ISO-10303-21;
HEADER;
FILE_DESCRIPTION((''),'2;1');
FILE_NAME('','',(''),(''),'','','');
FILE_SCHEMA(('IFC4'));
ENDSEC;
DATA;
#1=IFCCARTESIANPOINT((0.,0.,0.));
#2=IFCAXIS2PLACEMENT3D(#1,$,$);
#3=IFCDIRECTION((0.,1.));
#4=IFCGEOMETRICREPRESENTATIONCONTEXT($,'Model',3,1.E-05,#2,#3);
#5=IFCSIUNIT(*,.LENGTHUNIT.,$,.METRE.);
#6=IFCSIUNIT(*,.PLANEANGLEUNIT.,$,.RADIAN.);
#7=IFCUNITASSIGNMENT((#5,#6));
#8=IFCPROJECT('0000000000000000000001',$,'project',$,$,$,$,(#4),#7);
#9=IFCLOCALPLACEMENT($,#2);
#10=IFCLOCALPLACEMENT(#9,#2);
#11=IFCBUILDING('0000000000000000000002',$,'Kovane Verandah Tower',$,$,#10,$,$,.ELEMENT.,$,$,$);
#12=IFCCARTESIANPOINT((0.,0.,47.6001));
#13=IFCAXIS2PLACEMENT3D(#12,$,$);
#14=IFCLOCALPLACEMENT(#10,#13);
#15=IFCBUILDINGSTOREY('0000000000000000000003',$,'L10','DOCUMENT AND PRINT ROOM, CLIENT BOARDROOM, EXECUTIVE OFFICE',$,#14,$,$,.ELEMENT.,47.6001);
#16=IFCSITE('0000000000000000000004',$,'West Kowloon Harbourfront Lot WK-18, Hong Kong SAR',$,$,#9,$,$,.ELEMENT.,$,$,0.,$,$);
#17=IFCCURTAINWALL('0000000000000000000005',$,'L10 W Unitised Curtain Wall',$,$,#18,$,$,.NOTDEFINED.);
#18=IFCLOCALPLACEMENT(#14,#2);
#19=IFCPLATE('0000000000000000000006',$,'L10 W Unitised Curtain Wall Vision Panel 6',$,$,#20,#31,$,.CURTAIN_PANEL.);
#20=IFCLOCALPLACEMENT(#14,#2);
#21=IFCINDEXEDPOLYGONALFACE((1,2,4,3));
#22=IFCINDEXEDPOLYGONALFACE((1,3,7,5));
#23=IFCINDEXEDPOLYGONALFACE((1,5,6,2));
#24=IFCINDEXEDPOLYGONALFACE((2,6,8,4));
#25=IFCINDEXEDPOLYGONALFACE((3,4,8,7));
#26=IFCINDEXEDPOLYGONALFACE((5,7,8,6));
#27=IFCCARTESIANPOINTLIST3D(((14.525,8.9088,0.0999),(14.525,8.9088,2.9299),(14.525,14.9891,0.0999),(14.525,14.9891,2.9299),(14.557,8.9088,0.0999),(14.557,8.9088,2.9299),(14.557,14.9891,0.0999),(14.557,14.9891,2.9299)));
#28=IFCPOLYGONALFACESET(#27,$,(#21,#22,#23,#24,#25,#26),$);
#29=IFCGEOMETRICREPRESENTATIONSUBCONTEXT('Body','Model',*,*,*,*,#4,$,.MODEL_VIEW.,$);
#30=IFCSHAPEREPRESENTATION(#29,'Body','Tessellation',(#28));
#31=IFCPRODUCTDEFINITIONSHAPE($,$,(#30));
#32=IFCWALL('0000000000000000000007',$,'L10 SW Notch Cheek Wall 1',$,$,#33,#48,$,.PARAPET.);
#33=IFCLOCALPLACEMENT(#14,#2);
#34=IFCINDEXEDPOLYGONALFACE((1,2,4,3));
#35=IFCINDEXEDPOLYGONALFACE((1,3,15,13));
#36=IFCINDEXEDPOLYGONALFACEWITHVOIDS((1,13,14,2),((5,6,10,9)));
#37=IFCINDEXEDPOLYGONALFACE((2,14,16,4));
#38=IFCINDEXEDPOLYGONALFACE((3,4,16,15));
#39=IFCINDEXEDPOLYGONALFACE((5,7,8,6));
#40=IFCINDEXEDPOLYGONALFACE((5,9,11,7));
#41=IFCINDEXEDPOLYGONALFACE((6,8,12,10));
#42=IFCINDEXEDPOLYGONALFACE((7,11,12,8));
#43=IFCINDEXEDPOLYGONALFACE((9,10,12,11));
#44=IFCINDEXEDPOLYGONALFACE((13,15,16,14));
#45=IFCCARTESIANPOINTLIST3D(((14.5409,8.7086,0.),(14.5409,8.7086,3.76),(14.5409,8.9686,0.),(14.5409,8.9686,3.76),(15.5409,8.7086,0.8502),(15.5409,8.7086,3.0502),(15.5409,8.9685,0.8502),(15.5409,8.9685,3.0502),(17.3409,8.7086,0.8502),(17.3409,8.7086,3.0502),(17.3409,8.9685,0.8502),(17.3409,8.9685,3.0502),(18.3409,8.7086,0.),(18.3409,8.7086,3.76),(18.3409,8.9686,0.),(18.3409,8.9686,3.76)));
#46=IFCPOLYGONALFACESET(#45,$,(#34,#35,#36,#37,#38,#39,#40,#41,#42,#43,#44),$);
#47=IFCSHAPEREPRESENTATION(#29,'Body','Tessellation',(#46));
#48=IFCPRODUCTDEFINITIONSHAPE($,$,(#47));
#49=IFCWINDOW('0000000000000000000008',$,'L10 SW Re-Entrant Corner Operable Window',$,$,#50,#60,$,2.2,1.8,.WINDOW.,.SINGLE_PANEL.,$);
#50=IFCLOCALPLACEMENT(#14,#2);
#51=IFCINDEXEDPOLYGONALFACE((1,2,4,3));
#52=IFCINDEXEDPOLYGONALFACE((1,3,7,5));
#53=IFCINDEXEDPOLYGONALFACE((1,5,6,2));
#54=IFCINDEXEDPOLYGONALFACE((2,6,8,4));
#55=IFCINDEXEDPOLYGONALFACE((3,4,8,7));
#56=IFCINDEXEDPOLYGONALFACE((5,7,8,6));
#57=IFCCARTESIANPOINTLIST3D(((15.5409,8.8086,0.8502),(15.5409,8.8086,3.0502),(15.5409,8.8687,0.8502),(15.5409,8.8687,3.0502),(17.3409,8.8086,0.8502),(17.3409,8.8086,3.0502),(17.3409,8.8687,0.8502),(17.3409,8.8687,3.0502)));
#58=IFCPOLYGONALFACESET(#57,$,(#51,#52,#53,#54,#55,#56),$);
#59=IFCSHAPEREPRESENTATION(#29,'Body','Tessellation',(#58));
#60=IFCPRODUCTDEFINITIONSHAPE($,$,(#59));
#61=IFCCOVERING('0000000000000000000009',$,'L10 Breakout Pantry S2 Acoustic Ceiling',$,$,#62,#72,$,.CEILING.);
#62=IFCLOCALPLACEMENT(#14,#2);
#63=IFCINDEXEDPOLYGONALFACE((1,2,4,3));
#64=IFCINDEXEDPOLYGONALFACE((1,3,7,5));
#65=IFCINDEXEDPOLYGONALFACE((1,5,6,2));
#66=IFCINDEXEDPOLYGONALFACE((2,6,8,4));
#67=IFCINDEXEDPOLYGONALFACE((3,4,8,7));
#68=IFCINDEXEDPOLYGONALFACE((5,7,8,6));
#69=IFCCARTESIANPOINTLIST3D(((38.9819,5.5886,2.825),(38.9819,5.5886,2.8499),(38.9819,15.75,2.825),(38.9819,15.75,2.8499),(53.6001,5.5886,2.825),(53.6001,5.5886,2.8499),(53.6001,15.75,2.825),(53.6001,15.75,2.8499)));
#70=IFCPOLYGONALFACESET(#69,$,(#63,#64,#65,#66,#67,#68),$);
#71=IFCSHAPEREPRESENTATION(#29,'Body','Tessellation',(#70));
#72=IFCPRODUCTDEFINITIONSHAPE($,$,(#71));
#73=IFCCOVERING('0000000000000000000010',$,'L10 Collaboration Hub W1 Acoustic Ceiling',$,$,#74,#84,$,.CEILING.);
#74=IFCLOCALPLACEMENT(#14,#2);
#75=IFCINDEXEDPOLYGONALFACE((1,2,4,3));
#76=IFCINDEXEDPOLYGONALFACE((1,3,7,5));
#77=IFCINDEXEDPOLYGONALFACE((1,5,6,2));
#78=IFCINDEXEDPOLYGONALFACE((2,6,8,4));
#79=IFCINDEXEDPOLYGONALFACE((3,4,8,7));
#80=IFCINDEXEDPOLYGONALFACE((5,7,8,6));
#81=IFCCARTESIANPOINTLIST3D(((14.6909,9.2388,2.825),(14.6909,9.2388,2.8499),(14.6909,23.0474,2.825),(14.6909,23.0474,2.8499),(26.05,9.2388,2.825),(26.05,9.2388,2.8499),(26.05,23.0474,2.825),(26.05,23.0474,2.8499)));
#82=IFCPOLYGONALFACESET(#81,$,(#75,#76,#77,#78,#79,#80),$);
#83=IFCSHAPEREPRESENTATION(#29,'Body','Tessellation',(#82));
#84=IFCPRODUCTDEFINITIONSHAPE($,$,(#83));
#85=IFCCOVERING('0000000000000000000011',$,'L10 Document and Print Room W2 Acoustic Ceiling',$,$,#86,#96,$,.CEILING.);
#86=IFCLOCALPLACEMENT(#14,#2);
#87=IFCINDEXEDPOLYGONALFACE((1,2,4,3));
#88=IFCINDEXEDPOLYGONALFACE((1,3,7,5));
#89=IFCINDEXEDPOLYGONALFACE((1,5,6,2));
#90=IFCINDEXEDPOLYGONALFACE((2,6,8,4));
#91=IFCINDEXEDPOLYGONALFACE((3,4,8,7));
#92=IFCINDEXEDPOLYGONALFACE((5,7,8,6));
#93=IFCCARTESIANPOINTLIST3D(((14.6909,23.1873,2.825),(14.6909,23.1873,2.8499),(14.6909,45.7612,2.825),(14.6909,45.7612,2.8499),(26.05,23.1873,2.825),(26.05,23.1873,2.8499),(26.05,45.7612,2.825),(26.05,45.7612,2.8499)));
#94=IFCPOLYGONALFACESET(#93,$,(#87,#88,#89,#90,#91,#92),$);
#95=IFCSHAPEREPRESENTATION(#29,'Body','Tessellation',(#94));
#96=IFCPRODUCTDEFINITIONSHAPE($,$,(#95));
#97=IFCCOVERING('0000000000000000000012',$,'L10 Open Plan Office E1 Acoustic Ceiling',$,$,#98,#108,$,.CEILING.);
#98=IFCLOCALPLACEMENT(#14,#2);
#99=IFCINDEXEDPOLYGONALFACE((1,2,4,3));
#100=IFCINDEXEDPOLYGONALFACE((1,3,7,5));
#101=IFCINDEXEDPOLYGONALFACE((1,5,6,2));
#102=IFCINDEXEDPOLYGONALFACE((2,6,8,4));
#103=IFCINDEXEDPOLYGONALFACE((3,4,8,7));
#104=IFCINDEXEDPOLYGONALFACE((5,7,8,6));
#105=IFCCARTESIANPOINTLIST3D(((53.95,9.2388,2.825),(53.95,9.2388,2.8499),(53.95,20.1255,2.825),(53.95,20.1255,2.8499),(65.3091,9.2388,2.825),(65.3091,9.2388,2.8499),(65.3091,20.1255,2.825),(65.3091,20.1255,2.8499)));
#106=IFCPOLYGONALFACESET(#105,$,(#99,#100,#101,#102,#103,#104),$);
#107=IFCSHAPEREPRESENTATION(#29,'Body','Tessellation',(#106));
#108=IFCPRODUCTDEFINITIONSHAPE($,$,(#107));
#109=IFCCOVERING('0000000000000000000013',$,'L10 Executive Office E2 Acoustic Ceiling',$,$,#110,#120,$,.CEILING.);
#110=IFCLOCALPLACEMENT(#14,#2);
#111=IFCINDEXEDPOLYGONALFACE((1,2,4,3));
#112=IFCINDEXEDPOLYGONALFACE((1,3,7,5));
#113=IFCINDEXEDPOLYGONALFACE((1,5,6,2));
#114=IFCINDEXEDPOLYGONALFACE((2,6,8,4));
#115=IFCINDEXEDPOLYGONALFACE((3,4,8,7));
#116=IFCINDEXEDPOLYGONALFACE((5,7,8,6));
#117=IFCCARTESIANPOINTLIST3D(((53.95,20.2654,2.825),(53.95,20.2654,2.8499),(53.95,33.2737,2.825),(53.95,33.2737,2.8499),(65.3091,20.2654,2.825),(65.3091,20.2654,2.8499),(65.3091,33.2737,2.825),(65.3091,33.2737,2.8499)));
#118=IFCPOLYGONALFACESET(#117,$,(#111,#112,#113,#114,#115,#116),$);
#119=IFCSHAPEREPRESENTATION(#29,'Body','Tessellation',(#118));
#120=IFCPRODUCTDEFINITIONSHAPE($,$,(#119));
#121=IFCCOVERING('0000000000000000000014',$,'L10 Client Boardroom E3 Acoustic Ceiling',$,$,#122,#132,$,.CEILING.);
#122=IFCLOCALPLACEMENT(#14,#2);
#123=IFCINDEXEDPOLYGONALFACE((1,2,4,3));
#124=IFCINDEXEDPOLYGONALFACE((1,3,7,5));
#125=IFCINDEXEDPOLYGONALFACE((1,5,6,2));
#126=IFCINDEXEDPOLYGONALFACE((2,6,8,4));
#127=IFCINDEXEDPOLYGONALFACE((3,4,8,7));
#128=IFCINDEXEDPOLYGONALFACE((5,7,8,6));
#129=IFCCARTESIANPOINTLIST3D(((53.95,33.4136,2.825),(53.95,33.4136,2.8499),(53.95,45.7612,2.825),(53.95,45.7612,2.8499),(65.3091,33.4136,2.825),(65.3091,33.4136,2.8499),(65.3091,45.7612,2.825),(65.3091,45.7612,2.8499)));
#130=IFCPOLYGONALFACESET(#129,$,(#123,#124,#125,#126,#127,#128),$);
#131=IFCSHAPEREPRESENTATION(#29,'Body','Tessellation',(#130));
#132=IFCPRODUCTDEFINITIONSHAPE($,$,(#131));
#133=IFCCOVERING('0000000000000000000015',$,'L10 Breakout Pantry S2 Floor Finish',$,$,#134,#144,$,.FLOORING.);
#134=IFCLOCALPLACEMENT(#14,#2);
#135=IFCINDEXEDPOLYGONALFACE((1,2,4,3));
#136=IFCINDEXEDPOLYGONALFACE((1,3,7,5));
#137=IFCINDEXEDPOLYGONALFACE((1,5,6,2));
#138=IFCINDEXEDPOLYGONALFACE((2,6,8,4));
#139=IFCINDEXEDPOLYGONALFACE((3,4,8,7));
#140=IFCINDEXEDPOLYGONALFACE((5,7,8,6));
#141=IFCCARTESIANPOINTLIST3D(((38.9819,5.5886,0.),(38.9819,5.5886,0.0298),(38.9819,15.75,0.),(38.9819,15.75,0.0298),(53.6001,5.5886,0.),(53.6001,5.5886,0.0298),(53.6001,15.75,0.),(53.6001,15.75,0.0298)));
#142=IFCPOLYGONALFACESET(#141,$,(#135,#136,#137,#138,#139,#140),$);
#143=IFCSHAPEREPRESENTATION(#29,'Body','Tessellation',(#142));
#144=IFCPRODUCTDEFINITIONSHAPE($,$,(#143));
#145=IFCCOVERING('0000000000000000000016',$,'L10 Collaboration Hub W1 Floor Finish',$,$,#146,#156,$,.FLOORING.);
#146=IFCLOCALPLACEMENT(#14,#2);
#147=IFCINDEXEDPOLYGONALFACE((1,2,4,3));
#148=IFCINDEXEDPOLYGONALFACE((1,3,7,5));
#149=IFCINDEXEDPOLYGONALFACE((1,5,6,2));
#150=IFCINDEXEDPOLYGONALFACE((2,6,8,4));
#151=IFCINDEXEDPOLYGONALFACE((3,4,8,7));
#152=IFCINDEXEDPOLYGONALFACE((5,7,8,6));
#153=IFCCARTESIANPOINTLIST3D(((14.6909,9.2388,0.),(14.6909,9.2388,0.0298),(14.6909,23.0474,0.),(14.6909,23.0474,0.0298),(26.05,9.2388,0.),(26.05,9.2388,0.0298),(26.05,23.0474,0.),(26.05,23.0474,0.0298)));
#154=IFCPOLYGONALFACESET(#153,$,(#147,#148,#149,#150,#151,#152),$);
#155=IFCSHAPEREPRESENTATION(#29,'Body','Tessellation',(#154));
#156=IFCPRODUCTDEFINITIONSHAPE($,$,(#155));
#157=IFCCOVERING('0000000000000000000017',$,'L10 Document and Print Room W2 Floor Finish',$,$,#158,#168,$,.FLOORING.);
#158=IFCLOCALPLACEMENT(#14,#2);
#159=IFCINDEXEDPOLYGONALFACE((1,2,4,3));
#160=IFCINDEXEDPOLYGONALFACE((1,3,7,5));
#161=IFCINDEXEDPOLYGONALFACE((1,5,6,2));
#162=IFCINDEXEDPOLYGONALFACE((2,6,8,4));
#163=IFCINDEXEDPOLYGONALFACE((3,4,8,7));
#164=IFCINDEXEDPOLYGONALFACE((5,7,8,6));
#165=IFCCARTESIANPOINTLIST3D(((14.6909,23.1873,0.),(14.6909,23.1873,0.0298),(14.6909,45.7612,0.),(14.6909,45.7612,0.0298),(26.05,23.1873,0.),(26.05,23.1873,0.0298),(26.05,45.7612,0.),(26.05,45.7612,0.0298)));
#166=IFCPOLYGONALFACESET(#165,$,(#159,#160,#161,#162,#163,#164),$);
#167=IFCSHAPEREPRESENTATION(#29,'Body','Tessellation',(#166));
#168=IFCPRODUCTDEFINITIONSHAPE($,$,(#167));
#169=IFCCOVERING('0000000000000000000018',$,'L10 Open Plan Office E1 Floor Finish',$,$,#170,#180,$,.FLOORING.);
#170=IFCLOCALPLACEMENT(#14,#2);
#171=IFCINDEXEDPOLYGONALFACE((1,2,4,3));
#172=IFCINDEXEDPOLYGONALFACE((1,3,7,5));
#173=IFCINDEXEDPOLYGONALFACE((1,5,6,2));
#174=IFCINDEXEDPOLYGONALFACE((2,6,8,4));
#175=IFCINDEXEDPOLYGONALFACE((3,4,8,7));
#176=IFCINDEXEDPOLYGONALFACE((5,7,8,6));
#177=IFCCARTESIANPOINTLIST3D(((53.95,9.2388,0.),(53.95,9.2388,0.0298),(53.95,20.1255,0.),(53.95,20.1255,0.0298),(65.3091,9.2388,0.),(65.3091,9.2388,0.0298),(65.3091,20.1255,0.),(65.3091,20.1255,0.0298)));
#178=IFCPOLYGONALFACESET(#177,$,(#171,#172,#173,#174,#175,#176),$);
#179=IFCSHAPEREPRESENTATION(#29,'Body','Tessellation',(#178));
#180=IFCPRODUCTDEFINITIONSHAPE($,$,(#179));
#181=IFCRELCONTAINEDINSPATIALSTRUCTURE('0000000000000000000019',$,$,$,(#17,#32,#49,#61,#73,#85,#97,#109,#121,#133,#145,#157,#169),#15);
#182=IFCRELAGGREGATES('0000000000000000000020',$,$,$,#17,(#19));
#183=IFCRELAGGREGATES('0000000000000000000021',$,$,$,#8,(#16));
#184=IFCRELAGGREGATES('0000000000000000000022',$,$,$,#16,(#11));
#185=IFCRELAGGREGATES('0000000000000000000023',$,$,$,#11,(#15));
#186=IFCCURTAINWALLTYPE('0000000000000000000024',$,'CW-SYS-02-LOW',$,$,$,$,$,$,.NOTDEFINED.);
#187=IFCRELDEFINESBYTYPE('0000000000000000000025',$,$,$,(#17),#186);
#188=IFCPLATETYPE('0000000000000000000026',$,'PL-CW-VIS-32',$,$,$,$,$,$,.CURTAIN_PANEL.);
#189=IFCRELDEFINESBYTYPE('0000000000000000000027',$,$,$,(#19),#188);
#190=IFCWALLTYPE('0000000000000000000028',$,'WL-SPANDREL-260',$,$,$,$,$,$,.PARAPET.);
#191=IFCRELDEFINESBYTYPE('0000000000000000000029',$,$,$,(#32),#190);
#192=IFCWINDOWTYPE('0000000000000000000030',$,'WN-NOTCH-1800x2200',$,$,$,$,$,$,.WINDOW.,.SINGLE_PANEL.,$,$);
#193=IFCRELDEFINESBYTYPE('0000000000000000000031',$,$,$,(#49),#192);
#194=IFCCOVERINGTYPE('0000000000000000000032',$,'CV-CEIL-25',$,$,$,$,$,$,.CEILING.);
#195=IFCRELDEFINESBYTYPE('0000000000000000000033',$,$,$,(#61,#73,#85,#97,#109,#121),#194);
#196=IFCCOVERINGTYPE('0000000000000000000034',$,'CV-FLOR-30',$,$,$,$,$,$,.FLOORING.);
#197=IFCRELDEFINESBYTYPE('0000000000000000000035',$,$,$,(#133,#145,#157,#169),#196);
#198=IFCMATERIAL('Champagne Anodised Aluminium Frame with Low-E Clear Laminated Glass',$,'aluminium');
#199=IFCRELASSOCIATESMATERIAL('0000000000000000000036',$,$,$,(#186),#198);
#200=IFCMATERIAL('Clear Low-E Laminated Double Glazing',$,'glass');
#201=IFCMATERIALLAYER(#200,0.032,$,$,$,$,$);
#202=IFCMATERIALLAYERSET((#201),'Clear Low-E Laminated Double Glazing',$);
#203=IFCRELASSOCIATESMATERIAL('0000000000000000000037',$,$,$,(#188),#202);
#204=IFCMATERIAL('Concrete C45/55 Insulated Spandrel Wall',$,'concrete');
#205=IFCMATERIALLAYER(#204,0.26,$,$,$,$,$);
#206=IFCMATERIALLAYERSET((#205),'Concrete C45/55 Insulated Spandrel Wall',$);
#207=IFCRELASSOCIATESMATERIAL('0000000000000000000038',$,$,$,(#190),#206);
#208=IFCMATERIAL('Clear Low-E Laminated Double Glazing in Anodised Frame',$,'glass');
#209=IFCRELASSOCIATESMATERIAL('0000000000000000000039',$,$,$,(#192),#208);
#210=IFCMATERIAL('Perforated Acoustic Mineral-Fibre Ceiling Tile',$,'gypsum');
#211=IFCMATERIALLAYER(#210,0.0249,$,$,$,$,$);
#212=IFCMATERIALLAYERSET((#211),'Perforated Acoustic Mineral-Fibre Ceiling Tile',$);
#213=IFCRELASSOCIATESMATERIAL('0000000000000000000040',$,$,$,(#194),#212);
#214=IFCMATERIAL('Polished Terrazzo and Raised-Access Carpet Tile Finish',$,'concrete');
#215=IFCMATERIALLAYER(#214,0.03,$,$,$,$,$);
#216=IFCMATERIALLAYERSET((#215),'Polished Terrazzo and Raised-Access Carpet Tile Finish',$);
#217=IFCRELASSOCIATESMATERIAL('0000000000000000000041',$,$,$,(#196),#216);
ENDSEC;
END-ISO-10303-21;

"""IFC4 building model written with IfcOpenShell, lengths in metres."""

from ifc_helpers import new_model, si_unit, direction, frame, frame_2d, origin, origin_2d, place, context, subcontext, project, spatial, polyline, rectangle, outline, extrude, material, layer, layer_set, type_object, element, fill, aggregate, save


model = new_model("IFC4")

# Units and contexts
model_context = context("Model", 3, precision=1e-05, world=origin(), true_north=direction((0.0, 1.0)))
body_context = subcontext(model_context, "Body", "Model", "MODEL_VIEW")
ifc_project = project(units=[si_unit("LENGTHUNIT", "METRE"), si_unit("PLANEANGLEUNIT", "RADIAN")], contexts=[model_context])

# Site, building, storey
site_placement = place(None, origin())
site = spatial("IfcSite", under=ifc_project, at=site_placement, Name="West Kowloon Harbourfront Lot WK-18, Hong Kong SAR", CompositionType="ELEMENT", RefElevation=0.0)
building_placement = place(site_placement, origin())
building = spatial("IfcBuilding", under=site, at=building_placement, Name="Kovane Verandah Tower", CompositionType="ELEMENT")
storey_placement = place(building_placement, frame((0.0, 0.0, 47.6001)))
storey = spatial("IfcBuildingStorey", under=building, at=storey_placement, Name="L10", Description="DOCUMENT AND PRINT ROOM, CLIENT BOARDROOM, EXECUTIVE OFFICE", CompositionType="ELEMENT", Elevation=47.6001)

# Curtain wall
ifc_material_1 = material(Name="Champagne Anodised Aluminium Frame with Low-E Clear Laminated Glass", Category="aluminium")
curtain_wall_type = type_object("IfcCurtainWallType", Name="CW-SYS-02-LOW", PredefinedType="NOTDEFINED", material=ifc_material_1)
curtain_wall_placement = place(storey_placement, origin())
curtain_wall = element("IfcCurtainWall", 1, at=curtain_wall_placement, inside=storey, type_object=curtain_wall_type, Name="L10 W Unitised Curtain Wall", PredefinedType="NOTDEFINED")

# Plate
ifc_material_2 = material(Name="Clear Low-E Laminated Double Glazing", Category="glass")
ifc_layer_1 = layer(ifc_material_2, 0.032)
ifc_layer_set_1 = layer_set([ifc_layer_1], Name="Clear Low-E Laminated Double Glazing")
plate_type_1 = type_object("IfcPlateType", Name="PL-CW-VIS-32", PredefinedType="CURTAIN_PANEL", material=ifc_layer_set_1)
plate_1_placement = place(storey_placement, frame((14.541, 11.949, 0.0999), z_axis=(0.0, 0.0, 1.0), x_axis=(0.0, -1.0, 0.0)))
plate_1 = element("IfcPlate", 2, at=plate_1_placement, type_object=plate_type_1, Name="L10 W Unitised Curtain Wall Vision Panel 6", PredefinedType="CURTAIN_PANEL", context=body_context, shape_type="SweptSolid", body=[
    extrude(rectangle(XDim=6.0803, YDim=0.032, at=origin_2d()), origin(), (0.0, 0.0, 1.0), 2.8301),
])
aggregate(curtain_wall, [plate_1])

# Wall, opening, window
ifc_material_3 = material(Name="Concrete C45/55 Insulated Spandrel Wall", Category="concrete")
ifc_layer_2 = layer(ifc_material_3, 0.26)
ifc_layer_set_2 = layer_set([ifc_layer_2], Name="Concrete C45/55 Insulated Spandrel Wall")
wall_type = type_object("IfcWallType", Name="WL-SPANDREL-260", PredefinedType="PARAPET", material=ifc_layer_set_2)
wall_placement = place(storey_placement, frame((14.541, 8.8386, 0.0), z_axis=(0.0, 0.0, 1.0), x_axis=(1.0, 0.0, 0.0)))
wall = element("IfcWall", 3, at=wall_placement, inside=storey, type_object=wall_type, Name="L10 SW Notch Cheek Wall 1", PredefinedType="PARAPET", context=body_context, shape_type="SweptSolid", body=[
    extrude(rectangle(XDim=3.8, YDim=0.26, at=frame_2d((1.8999, 0.0))), origin(), (0.0, 0.0, 1.0), 3.76),
])
opening_placement = place(wall_placement, frame((1.0, 0.0, 0.8501)))
opening = element("IfcOpeningElement", 4, at=opening_placement, cuts=wall, PredefinedType="OPENING", context=body_context, shape_type="SweptSolid", body=[
    extrude(rectangle(XDim=1.8, YDim=2.2, at=frame_2d((0.8999, 1.1001))), frame((0.0, 0.1299, 0.0), z_axis=(0.0, -1.0, 0.0), x_axis=(1.0, 0.0, 0.0)), (0.0, 0.0, 1.0), 0.26),
])
ifc_material_4 = material(Name="Clear Low-E Laminated Double Glazing in Anodised Frame", Category="glass")
window_type = type_object("IfcWindowType", Name="WN-NOTCH-1800x2200", PartitioningType="SINGLE_PANEL", PredefinedType="WINDOW", material=ifc_material_4)
window_placement = place(opening_placement, origin())
window = element("IfcWindow", 5, at=window_placement, inside=storey, type_object=window_type, Name="L10 SW Re-Entrant Corner Operable Window", OverallHeight=2.2, OverallWidth=1.8, PartitioningType="SINGLE_PANEL", PredefinedType="WINDOW", context=body_context, shape_type="SweptSolid", body=[
    extrude(rectangle(XDim=1.8, YDim=2.2, at=frame_2d((0.8999, 1.1001))), frame((0.0, 0.03, 0.0), z_axis=(0.0, -1.0, 0.0), x_axis=(1.0, 0.0, 0.0)), (0.0, 0.0, 1.0), 0.0601),
])
fill(opening, window)

# Coverings
ifc_material_5 = material(Name="Perforated Acoustic Mineral-Fibre Ceiling Tile", Category="gypsum")
ifc_layer_3 = layer(ifc_material_5, 0.0249)
ifc_layer_set_3 = layer_set([ifc_layer_3], Name="Perforated Acoustic Mineral-Fibre Ceiling Tile")
covering_type_1 = type_object("IfcCoveringType", Name="CV-CEIL-25", PredefinedType="CEILING", material=ifc_layer_set_3)
covering_1_placement = place(storey_placement, frame((0.0, 0.0, 2.825)))
element("IfcCovering", 6, at=covering_1_placement, inside=storey, type_object=covering_type_1, Name="L10 Breakout Pantry S2 Acoustic Ceiling", PredefinedType="CEILING", context=body_context, shape_type="SweptSolid", body=[
    extrude(outline(polyline([(38.9819, 5.5886), (53.6001, 5.5886), (53.6001, 15.75), (38.9819, 15.75), (38.9819, 5.5886)])), origin(), (0.0, 0.0, 1.0), 0.0249),
])
covering_2_placement = place(storey_placement, frame((0.0, 0.0, 2.825)))
element("IfcCovering", 7, at=covering_2_placement, inside=storey, type_object=covering_type_1, Name="L10 Collaboration Hub W1 Acoustic Ceiling", PredefinedType="CEILING", context=body_context, shape_type="SweptSolid", body=[
    extrude(outline(polyline([(14.6909, 9.2388), (26.05, 9.2388), (26.05, 23.0474), (14.6909, 23.0474), (14.6909, 9.2388)])), origin(), (0.0, 0.0, 1.0), 0.0249),
])
covering_3_placement = place(storey_placement, frame((0.0, 0.0, 2.825)))
element("IfcCovering", 8, at=covering_3_placement, inside=storey, type_object=covering_type_1, Name="L10 Document and Print Room W2 Acoustic Ceiling", PredefinedType="CEILING", context=body_context, shape_type="SweptSolid", body=[
    extrude(outline(polyline([(14.6909, 23.1873), (26.05, 23.1873), (26.05, 45.7612), (14.6909, 45.7612), (14.6909, 23.1873)])), origin(), (0.0, 0.0, 1.0), 0.0249),
])
covering_4_placement = place(storey_placement, frame((0.0, 0.0, 2.825)))
element("IfcCovering", 9, at=covering_4_placement, inside=storey, type_object=covering_type_1, Name="L10 Open Plan Office E1 Acoustic Ceiling", PredefinedType="CEILING", context=body_context, shape_type="SweptSolid", body=[
    extrude(outline(polyline([(53.95, 9.2388), (65.3091, 9.2388), (65.3091, 20.1255), (53.95, 20.1255), (53.95, 9.2388)])), origin(), (0.0, 0.0, 1.0), 0.0249),
])
covering_5_placement = place(storey_placement, frame((0.0, 0.0, 2.825)))
element("IfcCovering", 10, at=covering_5_placement, inside=storey, type_object=covering_type_1, Name="L10 Executive Office E2 Acoustic Ceiling", PredefinedType="CEILING", context=body_context, shape_type="SweptSolid", body=[
    extrude(outline(polyline([(53.95, 20.2654), (65.3091, 20.2654), (65.3091, 33.2737), (53.95, 33.2737), (53.95, 20.2654)])), origin(), (0.0, 0.0, 1.0), 0.0249),
])
covering_6_placement = place(storey_placement, frame((0.0, 0.0, 2.825)))
element("IfcCovering", 11, at=covering_6_placement, inside=storey, type_object=covering_type_1, Name="L10 Client Boardroom E3 Acoustic Ceiling", PredefinedType="CEILING", context=body_context, shape_type="SweptSolid", body=[
    extrude(outline(polyline([(53.95, 33.4136), (65.3091, 33.4136), (65.3091, 45.7612), (53.95, 45.7612), (53.95, 33.4136)])), origin(), (0.0, 0.0, 1.0), 0.0249),
])
ifc_material_6 = material(Name="Polished Terrazzo and Raised-Access Carpet Tile Finish", Category="concrete")
ifc_layer_4 = layer(ifc_material_6, 0.03)
ifc_layer_set_4 = layer_set([ifc_layer_4], Name="Polished Terrazzo and Raised-Access Carpet Tile Finish")
covering_type_2 = type_object("IfcCoveringType", Name="CV-FLOR-30", PredefinedType="FLOORING", material=ifc_layer_set_4)
covering_7_placement = place(storey_placement, origin())
element("IfcCovering", 12, at=covering_7_placement, inside=storey, type_object=covering_type_2, Name="L10 Breakout Pantry S2 Floor Finish", PredefinedType="FLOORING", context=body_context, shape_type="SweptSolid", body=[
    extrude(outline(polyline([(38.9819, 5.5886), (53.6001, 5.5886), (53.6001, 15.75), (38.9819, 15.75), (38.9819, 5.5886)])), origin(), (0.0, 0.0, 1.0), 0.0298),
])
covering_8_placement = place(storey_placement, origin())
element("IfcCovering", 13, at=covering_8_placement, inside=storey, type_object=covering_type_2, Name="L10 Collaboration Hub W1 Floor Finish", PredefinedType="FLOORING", context=body_context, shape_type="SweptSolid", body=[
    extrude(outline(polyline([(14.6909, 9.2388), (26.05, 9.2388), (26.05, 23.0474), (14.6909, 23.0474), (14.6909, 9.2388)])), origin(), (0.0, 0.0, 1.0), 0.0298),
])
covering_9_placement = place(storey_placement, origin())
element("IfcCovering", 14, at=covering_9_placement, inside=storey, type_object=covering_type_2, Name="L10 Document and Print Room W2 Floor Finish", PredefinedType="FLOORING", context=body_context, shape_type="SweptSolid", body=[
    extrude(outline(polyline([(14.6909, 23.1873), (26.05, 23.1873), (26.05, 45.7612), (14.6909, 45.7612), (14.6909, 23.1873)])), origin(), (0.0, 0.0, 1.0), 0.0298),
])
covering_10_placement = place(storey_placement, origin())
element("IfcCovering", 15, at=covering_10_placement, inside=storey, type_object=covering_type_2, Name="L10 Open Plan Office E1 Floor Finish", PredefinedType="FLOORING", context=body_context, shape_type="SweptSolid", body=[
    extrude(outline(polyline([(53.95, 9.2388), (65.3091, 9.2388), (65.3091, 20.1255), (53.95, 20.1255), (53.95, 9.2388)])), origin(), (0.0, 0.0, 1.0), 0.0298),
])

save(model, "model.ifc")
